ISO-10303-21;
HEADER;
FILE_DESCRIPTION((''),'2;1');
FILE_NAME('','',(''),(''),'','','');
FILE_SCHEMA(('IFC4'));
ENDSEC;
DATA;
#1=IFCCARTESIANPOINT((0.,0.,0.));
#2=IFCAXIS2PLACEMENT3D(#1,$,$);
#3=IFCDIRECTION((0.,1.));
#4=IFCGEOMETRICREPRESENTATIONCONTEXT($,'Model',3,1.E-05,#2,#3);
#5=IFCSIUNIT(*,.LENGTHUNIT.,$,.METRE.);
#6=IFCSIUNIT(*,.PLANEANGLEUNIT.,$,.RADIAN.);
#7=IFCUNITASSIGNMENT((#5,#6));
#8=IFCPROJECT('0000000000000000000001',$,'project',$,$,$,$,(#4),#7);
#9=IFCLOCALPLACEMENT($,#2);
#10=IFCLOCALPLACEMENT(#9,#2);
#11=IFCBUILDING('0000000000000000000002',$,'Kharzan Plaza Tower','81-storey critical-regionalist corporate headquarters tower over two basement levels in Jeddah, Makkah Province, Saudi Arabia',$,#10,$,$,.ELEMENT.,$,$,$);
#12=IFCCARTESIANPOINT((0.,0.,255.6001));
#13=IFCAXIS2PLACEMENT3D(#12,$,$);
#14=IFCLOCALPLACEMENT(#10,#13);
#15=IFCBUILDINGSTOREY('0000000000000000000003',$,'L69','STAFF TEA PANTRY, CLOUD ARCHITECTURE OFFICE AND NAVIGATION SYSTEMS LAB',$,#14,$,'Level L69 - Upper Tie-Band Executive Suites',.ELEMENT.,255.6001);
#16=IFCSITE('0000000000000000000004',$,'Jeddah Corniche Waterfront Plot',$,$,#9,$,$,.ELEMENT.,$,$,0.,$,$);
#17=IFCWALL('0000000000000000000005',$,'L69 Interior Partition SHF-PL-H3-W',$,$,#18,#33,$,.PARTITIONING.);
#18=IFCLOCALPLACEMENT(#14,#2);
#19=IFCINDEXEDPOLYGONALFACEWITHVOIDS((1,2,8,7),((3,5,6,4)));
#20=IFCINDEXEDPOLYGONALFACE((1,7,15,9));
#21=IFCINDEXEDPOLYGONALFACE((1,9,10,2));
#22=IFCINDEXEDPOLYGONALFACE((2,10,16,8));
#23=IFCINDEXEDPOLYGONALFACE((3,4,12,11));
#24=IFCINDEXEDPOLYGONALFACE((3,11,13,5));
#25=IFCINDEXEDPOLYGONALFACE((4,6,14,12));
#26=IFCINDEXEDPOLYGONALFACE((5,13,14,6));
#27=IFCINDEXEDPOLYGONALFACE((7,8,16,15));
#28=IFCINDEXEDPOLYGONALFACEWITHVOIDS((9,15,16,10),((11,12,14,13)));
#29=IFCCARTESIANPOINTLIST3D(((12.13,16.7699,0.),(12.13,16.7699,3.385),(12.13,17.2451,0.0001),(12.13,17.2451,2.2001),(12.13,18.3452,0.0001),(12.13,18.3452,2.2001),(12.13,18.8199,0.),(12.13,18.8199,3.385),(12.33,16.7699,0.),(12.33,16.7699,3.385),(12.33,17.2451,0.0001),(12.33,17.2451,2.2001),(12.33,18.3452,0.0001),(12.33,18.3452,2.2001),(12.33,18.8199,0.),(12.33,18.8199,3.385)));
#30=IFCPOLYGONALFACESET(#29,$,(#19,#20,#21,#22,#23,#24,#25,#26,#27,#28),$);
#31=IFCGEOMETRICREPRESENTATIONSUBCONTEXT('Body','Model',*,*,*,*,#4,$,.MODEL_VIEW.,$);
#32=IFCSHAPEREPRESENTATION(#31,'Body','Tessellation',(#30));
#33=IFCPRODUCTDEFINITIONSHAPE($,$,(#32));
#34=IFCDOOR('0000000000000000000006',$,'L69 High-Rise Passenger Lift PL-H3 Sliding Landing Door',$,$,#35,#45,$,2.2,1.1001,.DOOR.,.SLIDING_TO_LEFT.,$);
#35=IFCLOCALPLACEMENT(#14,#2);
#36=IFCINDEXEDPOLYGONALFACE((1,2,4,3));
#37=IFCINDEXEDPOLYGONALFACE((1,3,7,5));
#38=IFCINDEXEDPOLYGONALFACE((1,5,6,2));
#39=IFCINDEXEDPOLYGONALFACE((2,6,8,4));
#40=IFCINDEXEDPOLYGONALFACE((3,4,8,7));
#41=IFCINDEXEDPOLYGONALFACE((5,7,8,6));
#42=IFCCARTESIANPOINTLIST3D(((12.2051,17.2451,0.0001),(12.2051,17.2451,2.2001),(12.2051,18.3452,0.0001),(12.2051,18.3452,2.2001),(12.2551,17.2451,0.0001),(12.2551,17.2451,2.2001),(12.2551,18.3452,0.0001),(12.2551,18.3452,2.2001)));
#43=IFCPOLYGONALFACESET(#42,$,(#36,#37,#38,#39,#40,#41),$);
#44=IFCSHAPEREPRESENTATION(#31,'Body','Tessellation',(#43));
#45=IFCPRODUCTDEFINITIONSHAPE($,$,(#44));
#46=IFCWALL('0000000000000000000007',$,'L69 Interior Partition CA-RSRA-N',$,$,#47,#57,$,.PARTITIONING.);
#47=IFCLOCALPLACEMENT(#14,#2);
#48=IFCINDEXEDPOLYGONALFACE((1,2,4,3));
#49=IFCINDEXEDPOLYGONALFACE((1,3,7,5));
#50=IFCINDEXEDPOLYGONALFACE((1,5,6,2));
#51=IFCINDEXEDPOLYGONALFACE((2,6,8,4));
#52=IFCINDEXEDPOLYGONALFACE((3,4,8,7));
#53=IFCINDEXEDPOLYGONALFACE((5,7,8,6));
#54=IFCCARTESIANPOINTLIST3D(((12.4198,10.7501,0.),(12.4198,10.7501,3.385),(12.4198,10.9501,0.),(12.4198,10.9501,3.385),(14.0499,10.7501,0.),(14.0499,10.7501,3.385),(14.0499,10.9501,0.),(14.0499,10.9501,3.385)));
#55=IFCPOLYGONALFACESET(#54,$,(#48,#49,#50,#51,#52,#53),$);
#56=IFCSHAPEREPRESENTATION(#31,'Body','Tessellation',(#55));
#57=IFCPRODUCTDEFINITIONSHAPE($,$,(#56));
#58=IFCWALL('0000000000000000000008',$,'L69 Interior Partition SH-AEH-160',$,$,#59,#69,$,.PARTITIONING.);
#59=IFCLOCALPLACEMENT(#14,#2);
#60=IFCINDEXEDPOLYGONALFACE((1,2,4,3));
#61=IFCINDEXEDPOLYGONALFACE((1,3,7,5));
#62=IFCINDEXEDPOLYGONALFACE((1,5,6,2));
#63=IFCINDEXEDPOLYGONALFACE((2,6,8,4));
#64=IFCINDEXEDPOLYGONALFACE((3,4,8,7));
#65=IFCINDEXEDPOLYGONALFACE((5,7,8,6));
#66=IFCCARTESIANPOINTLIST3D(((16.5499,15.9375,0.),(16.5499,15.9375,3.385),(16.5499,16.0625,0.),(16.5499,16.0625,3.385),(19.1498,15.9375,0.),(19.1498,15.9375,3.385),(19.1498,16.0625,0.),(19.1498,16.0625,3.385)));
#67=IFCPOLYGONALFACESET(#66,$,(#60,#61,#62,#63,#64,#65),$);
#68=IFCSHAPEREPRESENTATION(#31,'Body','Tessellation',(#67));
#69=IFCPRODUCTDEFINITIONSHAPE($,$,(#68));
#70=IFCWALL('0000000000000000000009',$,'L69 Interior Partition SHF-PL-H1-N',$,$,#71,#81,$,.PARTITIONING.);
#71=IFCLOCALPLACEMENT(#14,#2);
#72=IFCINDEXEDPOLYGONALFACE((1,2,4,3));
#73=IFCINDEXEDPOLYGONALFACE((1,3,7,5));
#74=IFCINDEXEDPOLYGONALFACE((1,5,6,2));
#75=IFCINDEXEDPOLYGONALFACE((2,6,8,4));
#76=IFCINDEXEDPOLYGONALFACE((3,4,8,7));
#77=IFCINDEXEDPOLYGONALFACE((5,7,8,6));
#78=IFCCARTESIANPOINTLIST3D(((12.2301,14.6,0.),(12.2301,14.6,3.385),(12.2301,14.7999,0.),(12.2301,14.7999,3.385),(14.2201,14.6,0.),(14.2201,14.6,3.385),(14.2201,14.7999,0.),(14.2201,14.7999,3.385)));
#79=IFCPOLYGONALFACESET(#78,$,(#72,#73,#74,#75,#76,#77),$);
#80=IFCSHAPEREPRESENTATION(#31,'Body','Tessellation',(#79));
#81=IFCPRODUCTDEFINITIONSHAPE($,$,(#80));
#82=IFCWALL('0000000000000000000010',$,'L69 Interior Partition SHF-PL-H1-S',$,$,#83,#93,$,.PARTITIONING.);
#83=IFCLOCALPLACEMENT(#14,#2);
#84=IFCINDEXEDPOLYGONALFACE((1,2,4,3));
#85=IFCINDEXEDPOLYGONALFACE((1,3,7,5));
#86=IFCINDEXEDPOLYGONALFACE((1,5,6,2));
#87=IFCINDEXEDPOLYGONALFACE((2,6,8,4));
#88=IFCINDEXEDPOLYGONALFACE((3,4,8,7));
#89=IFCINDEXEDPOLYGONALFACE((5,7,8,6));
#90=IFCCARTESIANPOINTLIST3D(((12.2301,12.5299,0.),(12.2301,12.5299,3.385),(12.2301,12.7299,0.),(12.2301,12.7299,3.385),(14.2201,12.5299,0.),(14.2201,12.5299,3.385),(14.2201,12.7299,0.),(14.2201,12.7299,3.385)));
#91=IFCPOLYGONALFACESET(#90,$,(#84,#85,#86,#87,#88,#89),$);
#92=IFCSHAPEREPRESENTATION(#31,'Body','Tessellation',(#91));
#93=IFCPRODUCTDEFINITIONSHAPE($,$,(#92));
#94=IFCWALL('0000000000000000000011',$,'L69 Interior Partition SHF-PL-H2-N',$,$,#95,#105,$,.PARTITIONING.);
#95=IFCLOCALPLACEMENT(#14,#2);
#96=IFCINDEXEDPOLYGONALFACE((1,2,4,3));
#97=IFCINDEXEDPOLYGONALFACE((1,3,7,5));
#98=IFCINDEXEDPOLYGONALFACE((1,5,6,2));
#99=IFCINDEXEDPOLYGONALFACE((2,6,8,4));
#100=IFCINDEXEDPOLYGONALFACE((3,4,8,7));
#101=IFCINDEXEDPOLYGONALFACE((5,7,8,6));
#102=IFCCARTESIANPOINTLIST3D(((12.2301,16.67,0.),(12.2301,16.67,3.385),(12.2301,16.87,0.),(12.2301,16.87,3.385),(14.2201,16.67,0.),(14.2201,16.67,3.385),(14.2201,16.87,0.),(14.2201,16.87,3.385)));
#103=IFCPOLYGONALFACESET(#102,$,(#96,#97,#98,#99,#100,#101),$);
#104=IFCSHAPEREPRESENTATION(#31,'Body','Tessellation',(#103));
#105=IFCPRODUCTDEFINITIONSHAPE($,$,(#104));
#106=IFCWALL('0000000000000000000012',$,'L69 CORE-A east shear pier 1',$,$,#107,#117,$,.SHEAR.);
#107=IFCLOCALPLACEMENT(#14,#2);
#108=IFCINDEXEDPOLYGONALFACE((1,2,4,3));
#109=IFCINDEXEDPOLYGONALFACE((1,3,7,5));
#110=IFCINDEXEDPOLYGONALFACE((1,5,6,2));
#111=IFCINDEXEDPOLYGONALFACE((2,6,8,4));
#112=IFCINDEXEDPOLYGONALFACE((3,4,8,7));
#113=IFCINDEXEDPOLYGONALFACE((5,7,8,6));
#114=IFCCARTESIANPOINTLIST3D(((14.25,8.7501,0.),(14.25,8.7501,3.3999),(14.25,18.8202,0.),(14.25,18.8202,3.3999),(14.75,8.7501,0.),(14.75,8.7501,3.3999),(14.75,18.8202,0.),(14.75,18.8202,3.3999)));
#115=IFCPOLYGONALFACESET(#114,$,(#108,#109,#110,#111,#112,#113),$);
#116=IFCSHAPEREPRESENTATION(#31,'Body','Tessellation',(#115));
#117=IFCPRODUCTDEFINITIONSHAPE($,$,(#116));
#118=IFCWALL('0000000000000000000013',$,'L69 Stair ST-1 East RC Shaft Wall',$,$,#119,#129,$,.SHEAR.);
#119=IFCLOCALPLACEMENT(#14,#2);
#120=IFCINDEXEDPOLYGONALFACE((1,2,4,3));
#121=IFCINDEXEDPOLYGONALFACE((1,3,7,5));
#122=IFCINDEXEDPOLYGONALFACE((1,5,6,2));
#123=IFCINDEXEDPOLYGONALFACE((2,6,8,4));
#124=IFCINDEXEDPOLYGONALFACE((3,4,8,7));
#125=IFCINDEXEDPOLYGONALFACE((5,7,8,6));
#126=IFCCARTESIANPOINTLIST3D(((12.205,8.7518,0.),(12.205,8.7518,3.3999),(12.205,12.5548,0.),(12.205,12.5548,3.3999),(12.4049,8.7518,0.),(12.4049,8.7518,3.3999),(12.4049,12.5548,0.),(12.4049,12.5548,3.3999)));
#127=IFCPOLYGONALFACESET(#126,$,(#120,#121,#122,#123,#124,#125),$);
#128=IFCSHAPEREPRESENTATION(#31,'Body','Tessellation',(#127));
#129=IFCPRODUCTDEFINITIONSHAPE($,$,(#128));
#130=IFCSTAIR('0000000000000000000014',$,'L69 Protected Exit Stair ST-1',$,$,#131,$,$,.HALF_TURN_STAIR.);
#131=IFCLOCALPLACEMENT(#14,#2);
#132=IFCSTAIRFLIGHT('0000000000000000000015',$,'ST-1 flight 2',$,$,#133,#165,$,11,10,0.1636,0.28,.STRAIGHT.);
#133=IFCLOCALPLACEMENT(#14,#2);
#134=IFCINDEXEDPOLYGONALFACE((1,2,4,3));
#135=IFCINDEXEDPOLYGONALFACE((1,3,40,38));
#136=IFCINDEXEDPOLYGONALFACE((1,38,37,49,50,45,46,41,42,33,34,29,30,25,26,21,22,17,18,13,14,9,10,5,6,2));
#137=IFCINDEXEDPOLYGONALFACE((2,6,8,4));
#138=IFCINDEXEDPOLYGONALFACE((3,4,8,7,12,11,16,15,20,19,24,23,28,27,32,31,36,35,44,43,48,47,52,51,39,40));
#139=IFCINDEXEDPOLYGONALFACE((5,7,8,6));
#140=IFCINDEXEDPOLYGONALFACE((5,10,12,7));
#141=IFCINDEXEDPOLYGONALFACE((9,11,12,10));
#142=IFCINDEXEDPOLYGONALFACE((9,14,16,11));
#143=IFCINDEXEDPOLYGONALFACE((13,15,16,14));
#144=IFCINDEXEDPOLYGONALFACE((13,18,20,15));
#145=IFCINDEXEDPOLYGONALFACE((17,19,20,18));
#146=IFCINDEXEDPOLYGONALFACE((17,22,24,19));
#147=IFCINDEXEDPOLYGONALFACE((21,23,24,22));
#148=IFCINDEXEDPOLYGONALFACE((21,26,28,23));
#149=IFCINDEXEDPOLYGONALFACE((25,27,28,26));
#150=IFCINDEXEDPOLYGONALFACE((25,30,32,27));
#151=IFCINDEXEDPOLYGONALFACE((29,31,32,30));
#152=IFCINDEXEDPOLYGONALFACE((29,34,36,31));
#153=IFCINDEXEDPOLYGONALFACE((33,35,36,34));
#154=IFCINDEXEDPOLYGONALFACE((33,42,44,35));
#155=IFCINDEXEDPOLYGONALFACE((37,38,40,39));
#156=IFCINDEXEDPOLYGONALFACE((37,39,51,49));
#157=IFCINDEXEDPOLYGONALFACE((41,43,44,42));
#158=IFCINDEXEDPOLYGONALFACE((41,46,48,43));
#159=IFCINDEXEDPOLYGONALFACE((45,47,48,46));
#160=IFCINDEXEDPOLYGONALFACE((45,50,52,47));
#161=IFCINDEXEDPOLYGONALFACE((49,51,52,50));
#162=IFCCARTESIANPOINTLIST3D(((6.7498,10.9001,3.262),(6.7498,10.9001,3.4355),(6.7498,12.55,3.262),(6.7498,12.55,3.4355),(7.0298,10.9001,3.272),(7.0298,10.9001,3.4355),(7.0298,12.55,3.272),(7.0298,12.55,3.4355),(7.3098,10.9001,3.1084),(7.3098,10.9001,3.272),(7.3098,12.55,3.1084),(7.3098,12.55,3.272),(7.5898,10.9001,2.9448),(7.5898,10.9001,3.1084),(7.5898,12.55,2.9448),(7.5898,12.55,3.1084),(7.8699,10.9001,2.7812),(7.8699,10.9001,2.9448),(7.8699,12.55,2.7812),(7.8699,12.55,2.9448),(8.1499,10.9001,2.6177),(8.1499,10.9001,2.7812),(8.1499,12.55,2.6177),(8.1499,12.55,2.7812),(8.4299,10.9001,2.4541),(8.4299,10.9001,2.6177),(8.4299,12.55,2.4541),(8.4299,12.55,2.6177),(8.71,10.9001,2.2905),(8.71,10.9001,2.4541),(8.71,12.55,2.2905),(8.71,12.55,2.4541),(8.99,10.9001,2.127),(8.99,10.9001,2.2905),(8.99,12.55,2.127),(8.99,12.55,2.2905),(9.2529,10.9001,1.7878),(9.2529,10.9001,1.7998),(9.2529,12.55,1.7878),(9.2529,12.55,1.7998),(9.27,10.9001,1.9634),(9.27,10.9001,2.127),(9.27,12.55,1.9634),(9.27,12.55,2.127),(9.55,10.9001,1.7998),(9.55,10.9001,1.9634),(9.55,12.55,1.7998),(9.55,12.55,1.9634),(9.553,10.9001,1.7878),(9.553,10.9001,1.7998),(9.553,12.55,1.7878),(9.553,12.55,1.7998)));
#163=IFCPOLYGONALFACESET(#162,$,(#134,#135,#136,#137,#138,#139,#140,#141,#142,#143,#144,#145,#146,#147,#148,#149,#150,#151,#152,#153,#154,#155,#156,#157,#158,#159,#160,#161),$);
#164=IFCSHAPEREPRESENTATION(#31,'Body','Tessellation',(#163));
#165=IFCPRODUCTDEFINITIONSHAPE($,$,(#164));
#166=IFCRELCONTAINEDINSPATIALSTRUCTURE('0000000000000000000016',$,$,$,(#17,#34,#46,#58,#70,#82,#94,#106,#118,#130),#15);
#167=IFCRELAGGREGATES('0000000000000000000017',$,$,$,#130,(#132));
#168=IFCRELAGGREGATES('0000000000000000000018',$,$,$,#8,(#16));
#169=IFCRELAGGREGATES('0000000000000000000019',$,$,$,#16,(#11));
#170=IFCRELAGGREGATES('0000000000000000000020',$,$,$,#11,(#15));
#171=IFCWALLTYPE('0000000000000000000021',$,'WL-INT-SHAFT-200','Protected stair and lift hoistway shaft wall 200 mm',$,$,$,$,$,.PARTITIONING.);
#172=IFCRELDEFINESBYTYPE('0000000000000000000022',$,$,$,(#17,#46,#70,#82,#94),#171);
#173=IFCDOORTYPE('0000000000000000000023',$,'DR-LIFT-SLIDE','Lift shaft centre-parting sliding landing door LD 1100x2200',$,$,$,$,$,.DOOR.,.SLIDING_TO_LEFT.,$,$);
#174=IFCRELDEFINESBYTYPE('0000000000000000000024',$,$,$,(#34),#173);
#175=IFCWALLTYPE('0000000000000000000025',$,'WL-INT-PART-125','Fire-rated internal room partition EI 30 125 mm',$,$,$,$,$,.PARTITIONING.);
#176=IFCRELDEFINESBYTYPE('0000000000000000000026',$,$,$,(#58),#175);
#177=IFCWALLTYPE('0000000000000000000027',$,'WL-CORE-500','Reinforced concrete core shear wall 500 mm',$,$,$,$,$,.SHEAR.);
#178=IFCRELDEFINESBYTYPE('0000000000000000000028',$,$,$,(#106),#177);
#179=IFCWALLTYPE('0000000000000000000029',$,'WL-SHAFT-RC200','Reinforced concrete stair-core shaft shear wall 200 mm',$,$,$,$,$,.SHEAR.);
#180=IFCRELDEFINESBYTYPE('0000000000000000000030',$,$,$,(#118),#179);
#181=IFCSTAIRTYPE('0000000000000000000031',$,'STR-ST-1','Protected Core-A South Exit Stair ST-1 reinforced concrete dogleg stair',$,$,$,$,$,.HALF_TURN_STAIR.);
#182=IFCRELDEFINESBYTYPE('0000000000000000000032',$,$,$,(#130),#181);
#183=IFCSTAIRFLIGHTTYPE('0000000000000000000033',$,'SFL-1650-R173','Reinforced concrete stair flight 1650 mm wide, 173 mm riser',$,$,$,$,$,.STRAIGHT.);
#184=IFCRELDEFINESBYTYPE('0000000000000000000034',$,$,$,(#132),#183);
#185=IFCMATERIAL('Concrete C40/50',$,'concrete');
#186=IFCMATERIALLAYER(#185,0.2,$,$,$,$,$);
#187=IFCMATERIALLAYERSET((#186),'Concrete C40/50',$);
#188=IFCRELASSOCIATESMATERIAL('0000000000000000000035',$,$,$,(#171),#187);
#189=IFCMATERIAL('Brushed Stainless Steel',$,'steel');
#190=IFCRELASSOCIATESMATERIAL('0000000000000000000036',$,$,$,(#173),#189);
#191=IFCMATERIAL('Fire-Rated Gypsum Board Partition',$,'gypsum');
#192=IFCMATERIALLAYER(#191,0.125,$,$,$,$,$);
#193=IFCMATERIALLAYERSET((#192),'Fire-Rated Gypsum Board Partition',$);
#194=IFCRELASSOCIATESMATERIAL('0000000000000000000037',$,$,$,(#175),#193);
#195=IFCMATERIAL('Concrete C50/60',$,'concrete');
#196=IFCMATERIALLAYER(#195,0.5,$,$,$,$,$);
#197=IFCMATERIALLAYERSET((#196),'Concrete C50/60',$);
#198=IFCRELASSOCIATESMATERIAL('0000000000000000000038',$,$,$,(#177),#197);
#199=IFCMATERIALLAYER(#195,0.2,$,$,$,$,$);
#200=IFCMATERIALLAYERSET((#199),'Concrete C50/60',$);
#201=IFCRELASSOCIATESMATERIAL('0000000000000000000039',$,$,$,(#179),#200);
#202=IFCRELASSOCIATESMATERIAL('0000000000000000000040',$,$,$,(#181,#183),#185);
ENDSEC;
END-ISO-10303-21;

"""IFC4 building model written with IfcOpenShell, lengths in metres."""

from ifc_helpers import new_model, si_unit, direction, frame, frame_2d, origin, place, context, subcontext, project, spatial, polyline, rectangle, outline, extrude, source, transform, mapped, material, layer, layer_set, type_object, element, fill, aggregate, save


model = new_model("IFC4")

# Units and contexts
model_context = context("Model", 3, precision=1e-05, world=origin(), true_north=direction((0.0, 1.0)))
body_context = subcontext(model_context, "Body", "Model", "MODEL_VIEW")
ifc_project = project(units=[si_unit("LENGTHUNIT", "METRE"), si_unit("PLANEANGLEUNIT", "RADIAN")], contexts=[model_context])

# Site, building, storey
site_placement = place(None, origin())
site = spatial("IfcSite", under=ifc_project, at=site_placement, Name="Jeddah Corniche Waterfront Plot", CompositionType="ELEMENT", RefElevation=0.0)
building_placement = place(site_placement, origin())
building = spatial("IfcBuilding", under=site, at=building_placement, Name="Kharzan Plaza Tower", Description="81-storey critical-regionalist corporate headquarters tower over two basement levels in Jeddah, Makkah Province, Saudi Arabia", CompositionType="ELEMENT")
storey_placement = place(building_placement, frame((0.0, 0.0, 255.6001)))
storey = spatial("IfcBuildingStorey", under=building, at=storey_placement, Name="L69", Description="STAFF TEA PANTRY, CLOUD ARCHITECTURE OFFICE AND NAVIGATION SYSTEMS LAB", LongName="Level L69 - Upper Tie-Band Executive Suites", CompositionType="ELEMENT", Elevation=255.6001)

# Wall, opening, door
ifc_material_1 = material(Name="Concrete C40/50", Category="concrete")
ifc_layer_1 = layer(ifc_material_1, 0.2)
ifc_layer_set_1 = layer_set([ifc_layer_1], Name="Concrete C40/50")
wall_type_1 = type_object("IfcWallType", Name="WL-INT-SHAFT-200", Description="Protected stair and lift hoistway shaft wall 200 mm", PredefinedType="PARTITIONING", material=ifc_layer_set_1)
ifc_material_2 = material(Name="Brushed Stainless Steel", Category="steel")
door_type = type_object("IfcDoorType", Name="DR-LIFT-SLIDE", Description="Lift shaft centre-parting sliding landing door LD 1100x2200", OperationType="SLIDING_TO_LEFT", PredefinedType="DOOR", material=ifc_material_2)
shared_shape_1 = source(origin(), body_context, "Body", "SweptSolid", [
    extrude(rectangle(XDim=1.1001, YDim=2.2, at=frame_2d((0.55, 1.1001))), frame((0.0, 0.0249, 0.0), z_axis=(0.0, -1.0, 0.0), x_axis=(1.0, 0.0, 0.0)), (0.0, 0.0, 1.0), 0.05),
])
wall_1_placement = place(storey_placement, frame((12.23, 16.77, 0.0), z_axis=(0.0, 0.0, 1.0), x_axis=(0.0, 1.0, 0.0)))
wall_1 = element("IfcWall", 1, at=wall_1_placement, inside=storey, type_object=wall_type_1, Name="L69 Interior Partition SHF-PL-H3-W", PredefinedType="PARTITIONING", context=body_context, shape_type="SweptSolid", body=[
    extrude(rectangle(XDim=2.05, YDim=0.2, at=frame_2d((1.0249, 0.0))), origin(), (0.0, 0.0, 1.0), 3.385),
])
opening_1_placement = place(wall_1_placement, frame((0.4751, 0.0, 0.0)))
opening_1 = element("IfcOpeningElement", 2, at=opening_1_placement, cuts=wall_1, PredefinedType="OPENING", context=body_context, shape_type="SweptSolid", body=[
    extrude(rectangle(XDim=1.1001, YDim=2.2, at=frame_2d((0.55, 1.1001))), frame((0.0, 0.1099, 0.0), z_axis=(0.0, -1.0, 0.0), x_axis=(1.0, 0.0, 0.0)), (0.0, 0.0, 1.0), 0.22),
])
door_1_placement = place(opening_1_placement, origin())
door_1 = element("IfcDoor", 3, at=door_1_placement, inside=storey, type_object=door_type, Name="L69 High-Rise Passenger Lift PL-H3 Sliding Landing Door", OperationType="SLIDING_TO_LEFT", OverallHeight=2.2, OverallWidth=1.1001, PredefinedType="DOOR", context=body_context, shape_type="MappedRepresentation", body=[
    mapped(shared_shape_1, transform((0.0, 0.0, 0.0), x_axis=(1.0, 0.0, 0.0), y_axis=(0.0, 1.0, 0.0), z_axis=(0.0, 0.0, 1.0))),
])
fill(opening_1, door_1)

# Walls
shared_shape_2 = source(origin(), body_context, "Body", "SweptSolid", [
    extrude(rectangle(XDim=1.6301, YDim=0.2, at=frame_2d((0.8149, 0.0))), origin(), (0.0, 0.0, 1.0), 3.385),
])
wall_2_placement = place(storey_placement, frame((12.4199, 10.8501, 0.0), z_axis=(0.0, 0.0, 1.0), x_axis=(1.0, 0.0, 0.0)))
element("IfcWall", 4, at=wall_2_placement, inside=storey, type_object=wall_type_1, Name="L69 Interior Partition CA-RSRA-N", PredefinedType="PARTITIONING", context=body_context, shape_type="MappedRepresentation", body=[
    mapped(shared_shape_2, transform((0.0, 0.0, 0.0), x_axis=(1.0, 0.0, 0.0), y_axis=(0.0, 1.0, 0.0), z_axis=(0.0, 0.0, 1.0))),
])
ifc_material_3 = material(Name="Fire-Rated Gypsum Board Partition", Category="gypsum")
ifc_layer_2 = layer(ifc_material_3, 0.125)
ifc_layer_set_2 = layer_set([ifc_layer_2], Name="Fire-Rated Gypsum Board Partition")
wall_type_2 = type_object("IfcWallType", Name="WL-INT-PART-125", Description="Fire-rated internal room partition EI 30 125 mm", PredefinedType="PARTITIONING", material=ifc_layer_set_2)
shared_shape_3 = source(origin(), body_context, "Body", "SweptSolid", [
    extrude(rectangle(XDim=2.5999, YDim=0.125, at=frame_2d((1.2998, 0.0))), origin(), (0.0, 0.0, 1.0), 3.385),
])
wall_3_placement = place(storey_placement, frame((16.55, 16.0, 0.0), z_axis=(0.0, 0.0, 1.0), x_axis=(1.0, 0.0, 0.0)))
element("IfcWall", 5, at=wall_3_placement, inside=storey, type_object=wall_type_2, Name="L69 Interior Partition SH-AEH-160", PredefinedType="PARTITIONING", context=body_context, shape_type="MappedRepresentation", body=[
    mapped(shared_shape_3, transform((0.0, 0.0, 0.0), x_axis=(1.0, 0.0, 0.0), y_axis=(0.0, 1.0, 0.0), z_axis=(0.0, 0.0, 1.0))),
])
shared_shape_4 = source(origin(), body_context, "Body", "SweptSolid", [
    extrude(rectangle(XDim=1.99, YDim=0.2, at=frame_2d((0.9951, 0.0))), origin(), (0.0, 0.0, 1.0), 3.385),
])
for number, where, z_axis, x_axis, name in (
    (6, (12.23, 14.7, 0.0), (0.0, 0.0, 1.0), (1.0, 0.0, 0.0), "L69 Interior Partition SHF-PL-H1-N"),
    (7, (12.23, 12.6299, 0.0), (0.0, 0.0, 1.0), (1.0, 0.0, 0.0), "L69 Interior Partition SHF-PL-H1-S"),
    (8, (12.23, 16.77, 0.0), (0.0, 0.0, 1.0), (1.0, 0.0, 0.0), "L69 Interior Partition SHF-PL-H2-N"),
):
    element("IfcWall", number, at=place(storey_placement, frame(where, z_axis=z_axis, x_axis=x_axis)), inside=storey, type_object=wall_type_1, Name=name, PredefinedType="PARTITIONING", context=body_context, shape_type="MappedRepresentation", body=[
        mapped(shared_shape_4, transform((0.0, 0.0, 0.0), x_axis=(1.0, 0.0, 0.0), y_axis=(0.0, 1.0, 0.0), z_axis=(0.0, 0.0, 1.0))),
    ])
ifc_material_4 = material(Name="Concrete C50/60", Category="concrete")
ifc_layer_3 = layer(ifc_material_4, 0.5)
ifc_layer_set_3 = layer_set([ifc_layer_3], Name="Concrete C50/60")
wall_type_3 = type_object("IfcWallType", Name="WL-CORE-500", Description="Reinforced concrete core shear wall 500 mm", PredefinedType="SHEAR", material=ifc_layer_set_3)
shared_shape_5 = source(origin(), body_context, "Body", "SweptSolid", [
    extrude(rectangle(XDim=10.0701, YDim=0.5, at=frame_2d((5.0352, 0.0))), origin(), (0.0, 0.0, 1.0), 3.3999),
])
wall_4_placement = place(storey_placement, frame((14.5, 8.75, 0.0), z_axis=(0.0, 0.0, 1.0), x_axis=(0.0, 1.0, 0.0)))
element("IfcWall", 9, at=wall_4_placement, inside=storey, type_object=wall_type_3, Name="L69 CORE-A east shear pier 1", PredefinedType="SHEAR", context=body_context, shape_type="MappedRepresentation", body=[
    mapped(shared_shape_5, transform((0.0, 0.0, 0.0), x_axis=(1.0, 0.0, 0.0), y_axis=(0.0, 1.0, 0.0), z_axis=(0.0, 0.0, 1.0))),
])
ifc_layer_4 = layer(ifc_material_4, 0.2)
ifc_layer_set_4 = layer_set([ifc_layer_4], Name="Concrete C50/60")
wall_type_4 = type_object("IfcWallType", Name="WL-SHAFT-RC200", Description="Reinforced concrete stair-core shaft shear wall 200 mm", PredefinedType="SHEAR", material=ifc_layer_set_4)
shared_shape_6 = source(origin(), body_context, "Body", "SweptSolid", [
    extrude(rectangle(XDim=3.803, YDim=0.2, at=frame_2d((1.9014, 0.0))), origin(), (0.0, 0.0, 1.0), 3.3999),
])
wall_5_placement = place(storey_placement, frame((12.3049, 8.752, 0.0), z_axis=(0.0, 0.0, 1.0), x_axis=(0.0, 1.0, 0.0)))
element("IfcWall", 10, at=wall_5_placement, inside=storey, type_object=wall_type_4, Name="L69 Stair ST-1 East RC Shaft Wall", PredefinedType="SHEAR", context=body_context, shape_type="MappedRepresentation", body=[
    mapped(shared_shape_6, transform((0.0, 0.0, 0.0), x_axis=(1.0, 0.0, 0.0), y_axis=(0.0, 1.0, 0.0), z_axis=(0.0, 0.0, 1.0))),
])

# Stair, stair flight
stair_type = type_object("IfcStairType", Name="STR-ST-1", Description="Protected Core-A South Exit Stair ST-1 reinforced concrete dogleg stair", PredefinedType="HALF_TURN_STAIR", material=ifc_material_1)
stair_placement = place(storey_placement, origin())
stair = element("IfcStair", 11, at=stair_placement, inside=storey, type_object=stair_type, Name="L69 Protected Exit Stair ST-1", PredefinedType="HALF_TURN_STAIR")
stair_flight_type = type_object("IfcStairFlightType", Name="SFL-1650-R173", Description="Reinforced concrete stair flight 1650 mm wide, 173 mm riser", PredefinedType="STRAIGHT", material=ifc_material_1)
shared_shape_7 = source(origin(), body_context, "Body", "SweptSolid", [
    extrude(outline(polyline([(-0.0029, -0.012), (-0.0029, 0.0), (0.0, 0.0), (0.0, 0.1636), (0.28, 0.1636), (0.28, 0.3271), (0.5601, 0.3271), (0.5601, 0.4907), (0.8401, 0.4907), (0.8401, 0.6543), (1.1201, 0.6543), (1.1201, 0.8179), (1.4001, 0.8179), (1.4001, 0.9814), (1.6802, 0.9814), (1.6802, 1.145), (1.9602, 1.145), (1.9602, 1.3086), (2.2402, 1.3086), (2.2402, 1.4722), (2.5203, 1.4722), (2.5203, 1.6357), (2.8003, 1.6357), (2.8003, 1.7993), (2.8003, 1.4622), (0.2971, 0.0), (0.2971, -0.012), (-0.0029, -0.012)])), frame((0.0, 0.825, 0.0), z_axis=(0.0, -1.0, 0.0), x_axis=(1.0, 0.0, 0.0)), (0.0, 0.0, 1.0), 1.6499),
])
stair_flight_placement = place(storey_placement, frame((9.55, 11.7251, 1.7998), z_axis=(0.0, 0.0, 1.0), x_axis=(-1.0, 0.0, 0.0)))
stair_flight = element("IfcStairFlight", 12, at=stair_flight_placement, type_object=stair_flight_type, Name="ST-1 flight 2", NumberOfRisers=11, NumberOfTreads=10, PredefinedType="STRAIGHT", RiserHeight=0.1636, TreadLength=0.28, context=body_context, shape_type="MappedRepresentation", body=[
    mapped(shared_shape_7, transform((0.0, 0.0, 0.0), x_axis=(1.0, 0.0, 0.0), y_axis=(0.0, 1.0, 0.0), z_axis=(0.0, 0.0, 1.0))),
])
aggregate(stair, [stair_flight])

save(model, "model.ifc")
